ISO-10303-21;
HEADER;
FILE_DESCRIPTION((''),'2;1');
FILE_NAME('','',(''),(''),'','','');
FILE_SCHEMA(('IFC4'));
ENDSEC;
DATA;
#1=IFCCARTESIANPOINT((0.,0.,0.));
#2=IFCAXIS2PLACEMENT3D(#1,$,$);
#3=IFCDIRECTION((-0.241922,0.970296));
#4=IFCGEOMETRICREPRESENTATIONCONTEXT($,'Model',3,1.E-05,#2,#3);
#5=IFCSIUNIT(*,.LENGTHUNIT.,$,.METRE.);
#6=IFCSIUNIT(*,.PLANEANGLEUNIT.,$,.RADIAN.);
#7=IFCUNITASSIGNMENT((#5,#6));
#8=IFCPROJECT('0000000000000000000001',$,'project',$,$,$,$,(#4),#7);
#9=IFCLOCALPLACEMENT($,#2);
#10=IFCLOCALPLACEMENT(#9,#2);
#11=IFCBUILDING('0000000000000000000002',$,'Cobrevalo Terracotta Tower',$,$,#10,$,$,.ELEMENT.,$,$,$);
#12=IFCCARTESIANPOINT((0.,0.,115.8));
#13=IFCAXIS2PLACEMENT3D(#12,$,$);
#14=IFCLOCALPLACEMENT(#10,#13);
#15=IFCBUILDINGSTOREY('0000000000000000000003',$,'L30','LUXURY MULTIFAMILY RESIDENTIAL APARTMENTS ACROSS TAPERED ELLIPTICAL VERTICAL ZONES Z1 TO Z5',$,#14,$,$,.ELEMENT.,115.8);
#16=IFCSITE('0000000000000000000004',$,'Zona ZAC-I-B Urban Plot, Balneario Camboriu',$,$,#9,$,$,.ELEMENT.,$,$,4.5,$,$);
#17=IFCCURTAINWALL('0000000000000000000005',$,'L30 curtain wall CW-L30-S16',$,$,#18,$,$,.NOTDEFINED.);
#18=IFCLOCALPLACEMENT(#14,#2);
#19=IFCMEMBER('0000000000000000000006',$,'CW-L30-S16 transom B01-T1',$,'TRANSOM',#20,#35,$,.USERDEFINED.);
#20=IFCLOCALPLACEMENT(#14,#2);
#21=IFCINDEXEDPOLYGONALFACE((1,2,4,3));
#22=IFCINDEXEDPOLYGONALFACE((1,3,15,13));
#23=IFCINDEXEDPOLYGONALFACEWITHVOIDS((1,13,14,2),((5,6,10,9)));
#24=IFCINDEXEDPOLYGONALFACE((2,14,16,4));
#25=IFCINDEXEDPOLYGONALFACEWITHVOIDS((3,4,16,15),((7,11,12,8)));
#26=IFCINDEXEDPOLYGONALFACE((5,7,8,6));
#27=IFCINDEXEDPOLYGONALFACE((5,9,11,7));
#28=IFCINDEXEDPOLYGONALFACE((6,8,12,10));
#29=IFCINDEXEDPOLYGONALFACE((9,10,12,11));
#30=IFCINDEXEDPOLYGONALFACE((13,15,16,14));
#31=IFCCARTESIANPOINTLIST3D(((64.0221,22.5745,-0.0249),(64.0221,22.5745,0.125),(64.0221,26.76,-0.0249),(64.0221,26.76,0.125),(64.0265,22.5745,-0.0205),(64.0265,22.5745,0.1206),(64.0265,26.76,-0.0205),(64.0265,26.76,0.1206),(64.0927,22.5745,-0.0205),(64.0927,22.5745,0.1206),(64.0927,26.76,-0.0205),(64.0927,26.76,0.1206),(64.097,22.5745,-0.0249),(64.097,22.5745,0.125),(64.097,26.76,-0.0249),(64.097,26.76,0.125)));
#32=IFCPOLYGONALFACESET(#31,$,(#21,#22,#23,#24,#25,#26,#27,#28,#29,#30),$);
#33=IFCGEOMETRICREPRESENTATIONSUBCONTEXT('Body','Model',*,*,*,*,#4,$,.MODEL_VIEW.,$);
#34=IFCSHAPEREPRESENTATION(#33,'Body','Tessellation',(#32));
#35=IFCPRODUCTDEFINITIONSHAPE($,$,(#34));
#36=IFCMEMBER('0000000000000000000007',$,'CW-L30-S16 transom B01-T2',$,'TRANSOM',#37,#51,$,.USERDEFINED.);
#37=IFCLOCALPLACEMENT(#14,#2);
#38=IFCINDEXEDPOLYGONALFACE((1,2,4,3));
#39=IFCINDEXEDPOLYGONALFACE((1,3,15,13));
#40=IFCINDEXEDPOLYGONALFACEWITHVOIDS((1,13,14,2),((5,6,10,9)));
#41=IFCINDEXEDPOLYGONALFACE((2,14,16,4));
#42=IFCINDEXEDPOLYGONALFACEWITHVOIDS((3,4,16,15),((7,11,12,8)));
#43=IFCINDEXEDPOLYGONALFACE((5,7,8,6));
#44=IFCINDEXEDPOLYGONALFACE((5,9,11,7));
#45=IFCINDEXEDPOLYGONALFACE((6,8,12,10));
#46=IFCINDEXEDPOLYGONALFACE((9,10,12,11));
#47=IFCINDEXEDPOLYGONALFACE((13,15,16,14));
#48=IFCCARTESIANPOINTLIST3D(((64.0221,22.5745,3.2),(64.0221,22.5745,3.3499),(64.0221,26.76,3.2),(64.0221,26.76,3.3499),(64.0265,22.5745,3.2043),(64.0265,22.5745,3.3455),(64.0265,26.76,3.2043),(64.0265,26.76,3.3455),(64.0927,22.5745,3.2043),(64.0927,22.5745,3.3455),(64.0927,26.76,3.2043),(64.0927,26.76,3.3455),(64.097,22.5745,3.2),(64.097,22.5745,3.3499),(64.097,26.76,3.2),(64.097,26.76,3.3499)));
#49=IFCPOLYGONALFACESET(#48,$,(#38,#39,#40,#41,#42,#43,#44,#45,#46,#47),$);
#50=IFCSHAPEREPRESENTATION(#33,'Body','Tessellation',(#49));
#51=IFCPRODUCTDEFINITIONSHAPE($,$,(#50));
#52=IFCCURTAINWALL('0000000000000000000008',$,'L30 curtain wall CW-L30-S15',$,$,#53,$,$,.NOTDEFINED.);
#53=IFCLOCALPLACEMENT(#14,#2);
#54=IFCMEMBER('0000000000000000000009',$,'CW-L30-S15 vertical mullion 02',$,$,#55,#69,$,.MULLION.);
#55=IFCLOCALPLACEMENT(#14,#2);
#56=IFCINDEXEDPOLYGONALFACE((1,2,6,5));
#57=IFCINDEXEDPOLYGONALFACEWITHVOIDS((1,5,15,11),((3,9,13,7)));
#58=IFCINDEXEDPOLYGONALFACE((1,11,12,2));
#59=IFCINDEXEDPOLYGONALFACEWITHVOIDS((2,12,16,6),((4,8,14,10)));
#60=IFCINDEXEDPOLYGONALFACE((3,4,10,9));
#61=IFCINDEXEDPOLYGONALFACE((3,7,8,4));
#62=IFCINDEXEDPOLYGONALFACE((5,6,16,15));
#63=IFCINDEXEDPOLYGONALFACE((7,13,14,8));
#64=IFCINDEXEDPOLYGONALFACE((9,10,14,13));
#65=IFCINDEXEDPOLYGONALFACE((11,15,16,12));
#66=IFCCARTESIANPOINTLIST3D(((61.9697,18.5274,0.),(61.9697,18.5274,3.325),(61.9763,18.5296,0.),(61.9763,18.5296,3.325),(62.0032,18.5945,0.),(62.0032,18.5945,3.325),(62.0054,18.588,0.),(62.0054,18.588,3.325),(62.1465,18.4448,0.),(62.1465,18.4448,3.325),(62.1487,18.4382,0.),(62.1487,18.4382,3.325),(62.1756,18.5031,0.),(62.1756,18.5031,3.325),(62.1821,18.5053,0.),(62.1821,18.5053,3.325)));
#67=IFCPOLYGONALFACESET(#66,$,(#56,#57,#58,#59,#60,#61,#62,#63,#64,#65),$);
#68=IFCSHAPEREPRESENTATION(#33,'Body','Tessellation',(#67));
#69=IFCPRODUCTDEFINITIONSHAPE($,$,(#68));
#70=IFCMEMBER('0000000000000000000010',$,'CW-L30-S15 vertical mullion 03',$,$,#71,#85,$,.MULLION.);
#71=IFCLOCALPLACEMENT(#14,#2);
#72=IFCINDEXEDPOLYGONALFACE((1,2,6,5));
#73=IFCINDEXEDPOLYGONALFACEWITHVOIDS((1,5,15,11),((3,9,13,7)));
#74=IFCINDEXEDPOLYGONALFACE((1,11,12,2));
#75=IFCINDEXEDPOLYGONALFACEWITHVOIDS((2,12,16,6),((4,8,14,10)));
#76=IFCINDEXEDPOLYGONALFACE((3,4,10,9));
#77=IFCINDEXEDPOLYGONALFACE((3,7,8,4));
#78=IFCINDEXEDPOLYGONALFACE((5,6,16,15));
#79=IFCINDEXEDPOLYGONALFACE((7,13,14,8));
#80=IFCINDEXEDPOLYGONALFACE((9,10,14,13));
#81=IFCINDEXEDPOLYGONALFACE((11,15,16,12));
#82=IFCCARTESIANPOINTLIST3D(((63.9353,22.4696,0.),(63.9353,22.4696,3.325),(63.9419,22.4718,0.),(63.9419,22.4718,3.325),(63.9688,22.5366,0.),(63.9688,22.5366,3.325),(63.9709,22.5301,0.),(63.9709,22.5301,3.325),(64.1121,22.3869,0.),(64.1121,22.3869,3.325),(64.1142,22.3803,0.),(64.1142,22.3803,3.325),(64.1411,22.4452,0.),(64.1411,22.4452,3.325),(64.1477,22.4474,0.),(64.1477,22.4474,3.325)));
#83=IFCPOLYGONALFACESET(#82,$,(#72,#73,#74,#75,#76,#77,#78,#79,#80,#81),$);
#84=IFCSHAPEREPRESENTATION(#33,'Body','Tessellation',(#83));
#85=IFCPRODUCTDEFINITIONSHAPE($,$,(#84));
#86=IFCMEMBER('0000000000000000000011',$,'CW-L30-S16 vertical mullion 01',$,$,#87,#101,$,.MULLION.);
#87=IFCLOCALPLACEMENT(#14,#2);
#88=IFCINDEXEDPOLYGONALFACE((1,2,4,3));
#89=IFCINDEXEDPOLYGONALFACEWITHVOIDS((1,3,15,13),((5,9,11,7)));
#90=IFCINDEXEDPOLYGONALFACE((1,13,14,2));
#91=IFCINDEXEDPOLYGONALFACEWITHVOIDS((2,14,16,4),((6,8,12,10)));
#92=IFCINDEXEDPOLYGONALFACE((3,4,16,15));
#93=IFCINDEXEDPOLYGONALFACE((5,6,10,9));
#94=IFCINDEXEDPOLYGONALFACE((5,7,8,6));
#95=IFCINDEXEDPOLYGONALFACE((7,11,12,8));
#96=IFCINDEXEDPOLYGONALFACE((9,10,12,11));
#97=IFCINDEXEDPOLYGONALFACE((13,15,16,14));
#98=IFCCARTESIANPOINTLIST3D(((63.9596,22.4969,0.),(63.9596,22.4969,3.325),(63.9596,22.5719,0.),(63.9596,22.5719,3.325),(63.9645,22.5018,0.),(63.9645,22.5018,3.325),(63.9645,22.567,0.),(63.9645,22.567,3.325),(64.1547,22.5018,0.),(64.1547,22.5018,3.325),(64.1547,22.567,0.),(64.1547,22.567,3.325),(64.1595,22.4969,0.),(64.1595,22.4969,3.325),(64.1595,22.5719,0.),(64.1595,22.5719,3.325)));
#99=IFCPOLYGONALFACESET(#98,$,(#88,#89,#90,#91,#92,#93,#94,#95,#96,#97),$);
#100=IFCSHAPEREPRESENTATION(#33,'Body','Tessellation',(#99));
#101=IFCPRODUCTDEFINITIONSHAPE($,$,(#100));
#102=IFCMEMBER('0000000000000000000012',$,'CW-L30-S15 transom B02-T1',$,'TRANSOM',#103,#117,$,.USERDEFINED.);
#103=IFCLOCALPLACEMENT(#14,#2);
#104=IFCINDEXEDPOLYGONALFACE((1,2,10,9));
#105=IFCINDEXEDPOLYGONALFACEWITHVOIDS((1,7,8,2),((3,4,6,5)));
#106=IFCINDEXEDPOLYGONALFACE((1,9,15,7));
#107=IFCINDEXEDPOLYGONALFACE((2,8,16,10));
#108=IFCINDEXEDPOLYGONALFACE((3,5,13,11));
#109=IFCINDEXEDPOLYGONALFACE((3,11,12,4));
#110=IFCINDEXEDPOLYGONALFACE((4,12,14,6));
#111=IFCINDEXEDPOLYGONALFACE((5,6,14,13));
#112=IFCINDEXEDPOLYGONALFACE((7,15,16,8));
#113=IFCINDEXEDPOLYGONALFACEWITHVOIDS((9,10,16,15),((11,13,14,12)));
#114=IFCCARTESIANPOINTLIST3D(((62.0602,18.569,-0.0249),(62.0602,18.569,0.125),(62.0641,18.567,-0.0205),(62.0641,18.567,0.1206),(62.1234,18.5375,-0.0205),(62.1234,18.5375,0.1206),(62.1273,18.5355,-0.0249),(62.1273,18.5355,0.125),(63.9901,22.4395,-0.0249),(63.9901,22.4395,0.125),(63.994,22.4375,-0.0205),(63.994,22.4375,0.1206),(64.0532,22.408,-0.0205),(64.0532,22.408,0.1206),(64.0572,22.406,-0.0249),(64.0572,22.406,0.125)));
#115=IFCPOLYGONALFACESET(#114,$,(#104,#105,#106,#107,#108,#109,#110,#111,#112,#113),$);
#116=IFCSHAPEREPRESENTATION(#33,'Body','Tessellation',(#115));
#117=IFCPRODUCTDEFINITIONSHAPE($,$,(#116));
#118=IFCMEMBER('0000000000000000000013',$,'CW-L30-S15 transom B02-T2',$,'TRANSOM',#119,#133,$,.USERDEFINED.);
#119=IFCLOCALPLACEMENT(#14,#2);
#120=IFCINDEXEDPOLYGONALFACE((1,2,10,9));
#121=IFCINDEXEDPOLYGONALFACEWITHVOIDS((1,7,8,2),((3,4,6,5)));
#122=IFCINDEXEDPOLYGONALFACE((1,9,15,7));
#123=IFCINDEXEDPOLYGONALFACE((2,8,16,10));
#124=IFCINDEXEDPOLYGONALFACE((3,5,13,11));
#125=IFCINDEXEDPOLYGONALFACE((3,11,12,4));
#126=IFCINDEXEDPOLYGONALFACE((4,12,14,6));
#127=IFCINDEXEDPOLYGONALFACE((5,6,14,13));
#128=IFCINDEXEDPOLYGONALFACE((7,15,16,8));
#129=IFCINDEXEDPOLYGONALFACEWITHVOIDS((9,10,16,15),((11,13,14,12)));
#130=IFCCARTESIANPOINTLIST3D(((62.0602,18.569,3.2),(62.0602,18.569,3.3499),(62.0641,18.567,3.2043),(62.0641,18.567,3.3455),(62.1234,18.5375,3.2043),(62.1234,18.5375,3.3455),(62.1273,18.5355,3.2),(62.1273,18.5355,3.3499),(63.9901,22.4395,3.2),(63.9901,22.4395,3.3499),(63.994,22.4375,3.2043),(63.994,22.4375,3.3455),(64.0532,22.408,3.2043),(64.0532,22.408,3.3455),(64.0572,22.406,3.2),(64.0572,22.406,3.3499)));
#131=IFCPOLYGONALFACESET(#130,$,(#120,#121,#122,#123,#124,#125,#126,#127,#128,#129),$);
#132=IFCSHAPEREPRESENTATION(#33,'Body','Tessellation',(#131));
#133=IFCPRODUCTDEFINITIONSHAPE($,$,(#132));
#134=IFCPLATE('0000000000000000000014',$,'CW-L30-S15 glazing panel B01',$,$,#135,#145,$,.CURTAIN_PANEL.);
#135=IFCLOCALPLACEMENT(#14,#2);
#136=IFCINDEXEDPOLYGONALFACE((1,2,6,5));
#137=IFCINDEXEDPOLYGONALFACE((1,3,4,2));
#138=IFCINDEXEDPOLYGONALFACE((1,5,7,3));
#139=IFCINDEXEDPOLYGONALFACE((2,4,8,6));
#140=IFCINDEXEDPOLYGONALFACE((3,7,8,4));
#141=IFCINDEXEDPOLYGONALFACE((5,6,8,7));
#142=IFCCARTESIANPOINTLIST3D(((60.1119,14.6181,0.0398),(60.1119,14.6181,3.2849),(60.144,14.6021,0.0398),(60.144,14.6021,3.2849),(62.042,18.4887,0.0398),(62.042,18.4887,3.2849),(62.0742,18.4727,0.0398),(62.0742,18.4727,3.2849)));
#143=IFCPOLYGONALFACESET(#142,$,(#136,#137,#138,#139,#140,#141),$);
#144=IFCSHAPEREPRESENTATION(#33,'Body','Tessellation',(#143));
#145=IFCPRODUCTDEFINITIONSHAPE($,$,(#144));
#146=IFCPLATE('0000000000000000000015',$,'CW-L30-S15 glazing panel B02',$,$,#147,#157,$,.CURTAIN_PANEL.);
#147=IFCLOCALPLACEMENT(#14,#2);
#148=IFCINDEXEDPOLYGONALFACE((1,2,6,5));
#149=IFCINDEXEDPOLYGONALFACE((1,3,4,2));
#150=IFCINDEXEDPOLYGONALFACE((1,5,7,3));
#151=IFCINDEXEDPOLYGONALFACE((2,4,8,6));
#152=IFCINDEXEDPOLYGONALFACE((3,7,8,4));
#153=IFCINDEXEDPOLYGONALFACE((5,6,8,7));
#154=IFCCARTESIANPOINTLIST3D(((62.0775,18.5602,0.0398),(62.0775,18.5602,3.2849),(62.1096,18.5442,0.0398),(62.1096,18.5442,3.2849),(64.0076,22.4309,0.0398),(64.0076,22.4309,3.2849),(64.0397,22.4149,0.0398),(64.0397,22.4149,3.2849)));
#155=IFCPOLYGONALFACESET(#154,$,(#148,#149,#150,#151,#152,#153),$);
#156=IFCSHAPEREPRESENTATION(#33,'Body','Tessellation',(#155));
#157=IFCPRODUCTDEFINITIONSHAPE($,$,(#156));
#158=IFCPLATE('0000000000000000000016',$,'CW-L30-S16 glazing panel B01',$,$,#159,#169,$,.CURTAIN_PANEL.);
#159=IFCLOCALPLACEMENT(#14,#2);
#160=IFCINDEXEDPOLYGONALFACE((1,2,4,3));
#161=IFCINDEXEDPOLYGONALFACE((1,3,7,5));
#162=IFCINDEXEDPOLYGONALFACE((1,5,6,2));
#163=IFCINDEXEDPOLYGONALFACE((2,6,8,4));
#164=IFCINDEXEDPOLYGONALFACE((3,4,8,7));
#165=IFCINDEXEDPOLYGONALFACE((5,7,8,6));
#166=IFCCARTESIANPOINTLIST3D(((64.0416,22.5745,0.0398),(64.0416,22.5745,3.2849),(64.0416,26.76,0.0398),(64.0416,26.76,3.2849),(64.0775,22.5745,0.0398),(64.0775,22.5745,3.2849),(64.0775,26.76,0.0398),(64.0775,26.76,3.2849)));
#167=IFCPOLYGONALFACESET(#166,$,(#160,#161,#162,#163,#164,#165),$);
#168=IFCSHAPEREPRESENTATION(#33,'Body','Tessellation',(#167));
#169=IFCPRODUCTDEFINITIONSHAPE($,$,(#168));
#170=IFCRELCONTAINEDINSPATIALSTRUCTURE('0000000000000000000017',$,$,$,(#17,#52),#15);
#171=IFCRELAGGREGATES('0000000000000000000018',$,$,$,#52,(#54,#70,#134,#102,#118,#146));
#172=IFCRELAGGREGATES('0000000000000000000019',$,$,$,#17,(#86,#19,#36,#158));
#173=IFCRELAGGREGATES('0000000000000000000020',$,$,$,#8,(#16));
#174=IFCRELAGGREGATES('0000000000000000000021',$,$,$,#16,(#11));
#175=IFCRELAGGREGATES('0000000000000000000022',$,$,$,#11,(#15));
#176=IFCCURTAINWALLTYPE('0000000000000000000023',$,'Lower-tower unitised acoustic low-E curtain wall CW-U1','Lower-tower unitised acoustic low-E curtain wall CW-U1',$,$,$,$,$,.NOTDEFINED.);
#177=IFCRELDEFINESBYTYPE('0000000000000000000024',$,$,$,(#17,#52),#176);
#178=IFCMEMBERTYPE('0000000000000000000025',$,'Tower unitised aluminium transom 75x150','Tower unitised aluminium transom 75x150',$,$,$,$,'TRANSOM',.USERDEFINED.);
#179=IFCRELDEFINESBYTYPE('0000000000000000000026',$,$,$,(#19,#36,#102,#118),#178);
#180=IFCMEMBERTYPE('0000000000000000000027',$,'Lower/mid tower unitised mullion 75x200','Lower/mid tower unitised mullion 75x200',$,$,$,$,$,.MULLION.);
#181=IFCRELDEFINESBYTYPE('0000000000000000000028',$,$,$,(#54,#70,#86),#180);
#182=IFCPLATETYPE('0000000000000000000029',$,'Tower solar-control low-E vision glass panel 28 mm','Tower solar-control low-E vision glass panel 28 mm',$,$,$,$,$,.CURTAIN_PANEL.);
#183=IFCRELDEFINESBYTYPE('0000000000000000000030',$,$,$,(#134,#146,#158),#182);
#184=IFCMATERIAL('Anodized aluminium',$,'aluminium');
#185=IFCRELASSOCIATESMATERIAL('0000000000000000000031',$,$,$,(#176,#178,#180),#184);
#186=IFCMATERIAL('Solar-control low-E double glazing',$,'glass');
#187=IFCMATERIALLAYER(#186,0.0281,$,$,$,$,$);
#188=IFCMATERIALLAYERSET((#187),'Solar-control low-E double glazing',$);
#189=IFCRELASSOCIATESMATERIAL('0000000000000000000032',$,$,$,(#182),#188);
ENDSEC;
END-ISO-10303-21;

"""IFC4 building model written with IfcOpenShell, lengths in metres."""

from ifc_helpers import new_model, si_unit, direction, frame, origin, origin_2d, place, context, subcontext, project, spatial, rectangle, hollow_rectangle, extrude, source, transform, mapped, material, layer, layer_set, material_profile, profile_set, type_object, element, aggregate, save


model = new_model("IFC4")

# Units and contexts
model_context = context("Model", 3, precision=1e-05, world=origin(), true_north=direction((-0.241922, 0.970296)))
body_context = subcontext(model_context, "Body", "Model", "MODEL_VIEW")
ifc_project = project(units=[si_unit("LENGTHUNIT", "METRE"), si_unit("PLANEANGLEUNIT", "RADIAN")], contexts=[model_context])

# Site, building, storey
site_placement = place(None, origin())
site = spatial("IfcSite", under=ifc_project, at=site_placement, Name="Zona ZAC-I-B Urban Plot, Balneario Camboriu", CompositionType="ELEMENT", RefElevation=4.5)
building_placement = place(site_placement, origin())
building = spatial("IfcBuilding", under=site, at=building_placement, Name="Cobrevalo Terracotta Tower", CompositionType="ELEMENT")
storey_placement = place(building_placement, frame((0.0, 0.0, 115.8)))
storey = spatial("IfcBuildingStorey", under=building, at=storey_placement, Name="L30", Description="LUXURY MULTIFAMILY RESIDENTIAL APARTMENTS ACROSS TAPERED ELLIPTICAL VERTICAL ZONES Z1 TO Z5", CompositionType="ELEMENT", Elevation=115.8)

# Curtain walls, members
ifc_material_1 = material(Name="Anodized aluminium", Category="aluminium")
curtain_wall_type = type_object("IfcCurtainWallType", Name="Lower-tower unitised acoustic low-E curtain wall CW-U1", Description="Lower-tower unitised acoustic low-E curtain wall CW-U1", PredefinedType="NOTDEFINED", material=ifc_material_1)
curtain_wall_1_placement = place(storey_placement, origin())
curtain_wall_1 = element("IfcCurtainWall", 1, at=curtain_wall_1_placement, inside=storey, type_object=curtain_wall_type, Name="L30 curtain wall CW-L30-S16", PredefinedType="NOTDEFINED")
ifc_material_profile_1 = material_profile(ifc_material_1, hollow_rectangle(XDim=0.075, YDim=0.1499, WallThickness=0.0044, at=origin_2d()), Name="CWT 75x150")
ifc_profile_set_1 = profile_set([ifc_material_profile_1], Name="Anodized aluminium")
member_type_1 = type_object("IfcMemberType", Name="Tower unitised aluminium transom 75x150", Description="Tower unitised aluminium transom 75x150", ElementType="TRANSOM", PredefinedType="USERDEFINED", material=ifc_profile_set_1)
shared_shape_1 = source(origin(), body_context, "Body", "SweptSolid", [
    extrude(hollow_rectangle(XDim=0.075, YDim=0.1499, WallThickness=0.0044, at=origin_2d()), origin(), (0.0, 0.0, 1.0), 4.1855),
])
member_1_placement = place(storey_placement, frame((64.0596, 22.5745, 0.05), z_axis=(0.0, 1.0, 0.0), x_axis=(-1.0, 0.0, 0.0)))
member_1 = element("IfcMember", 2, at=member_1_placement, type_object=member_type_1, Name="CW-L30-S16 transom B01-T1", ObjectType="TRANSOM", PredefinedType="USERDEFINED", context=body_context, shape_type="MappedRepresentation", body=[
    mapped(shared_shape_1, transform((0.0, 0.0, 0.0), scale=1.0)),
])
member_2_placement = place(storey_placement, frame((64.0596, 22.5745, 3.2749), z_axis=(0.0, 1.0, 0.0), x_axis=(-1.0, 0.0, 0.0)))
member_2 = element("IfcMember", 3, at=member_2_placement, type_object=member_type_1, Name="CW-L30-S16 transom B01-T2", ObjectType="TRANSOM", PredefinedType="USERDEFINED", context=body_context, shape_type="MappedRepresentation", body=[
    mapped(shared_shape_1, transform((0.0, 0.0, 0.0), scale=1.0)),
])
curtain_wall_2_placement = place(storey_placement, origin())
curtain_wall_2 = element("IfcCurtainWall", 4, at=curtain_wall_2_placement, inside=storey, type_object=curtain_wall_type, Name="L30 curtain wall CW-L30-S15", PredefinedType="NOTDEFINED")
ifc_material_profile_2 = material_profile(ifc_material_1, hollow_rectangle(XDim=0.075, YDim=0.2, WallThickness=0.0049, at=origin_2d()), Name="CWM 75x200")
ifc_profile_set_2 = profile_set([ifc_material_profile_2], Name="Anodized aluminium")
member_type_2 = type_object("IfcMemberType", Name="Lower/mid tower unitised mullion 75x200", Description="Lower/mid tower unitised mullion 75x200", PredefinedType="MULLION", material=ifc_profile_set_2)
shared_shape_2 = source(origin(), body_context, "Body", "SweptSolid", [
    extrude(hollow_rectangle(XDim=0.075, YDim=0.2, WallThickness=0.0049, at=origin_2d()), origin(), (0.0, 0.0, 1.0), 3.325),
])
member_3_placement = place(storey_placement, frame((62.0759, 18.5164, 0.0), z_axis=(0.0, 0.0, 1.0), x_axis=(0.44626, 0.894903, 0.0)))
member_3 = element("IfcMember", 5, at=member_3_placement, type_object=member_type_2, Name="CW-L30-S15 vertical mullion 02", PredefinedType="MULLION", context=body_context, shape_type="MappedRepresentation", body=[
    mapped(shared_shape_2, transform((0.0, 0.0, 0.0), scale=1.0)),
])
member_4_placement = place(storey_placement, frame((64.0415, 22.4585, 0.0), z_axis=(0.0, 0.0, 1.0), x_axis=(0.44626, 0.894903, 0.0)))
member_4 = element("IfcMember", 6, at=member_4_placement, type_object=member_type_2, Name="CW-L30-S15 vertical mullion 03", PredefinedType="MULLION", context=body_context, shape_type="MappedRepresentation", body=[
    mapped(shared_shape_2, transform((0.0, 0.0, 0.0), scale=1.0)),
])

# Members
member_5_placement = place(storey_placement, frame((64.0596, 22.5344, 0.0), z_axis=(0.0, 0.0, 1.0), x_axis=(0.0, 1.0, 0.0)))
member_5 = element("IfcMember", 7, at=member_5_placement, type_object=member_type_2, Name="CW-L30-S16 vertical mullion 01", PredefinedType="MULLION", context=body_context, shape_type="MappedRepresentation", body=[
    mapped(shared_shape_2, transform((0.0, 0.0, 0.0), scale=1.0)),
])
shared_shape_3 = source(origin(), body_context, "Body", "SweptSolid", [
    extrude(hollow_rectangle(XDim=0.075, YDim=0.1499, WallThickness=0.0044, at=origin_2d()), origin(), (0.0, 0.0, 1.0), 4.325),
])
member_6_placement = place(storey_placement, frame((62.0938, 18.5522, 0.05), z_axis=(0.44622, 0.894923, 0.0), x_axis=(-0.894923, 0.44622, 0.0)))
member_6 = element("IfcMember", 8, at=member_6_placement, type_object=member_type_1, Name="CW-L30-S15 transom B02-T1", ObjectType="TRANSOM", PredefinedType="USERDEFINED", context=body_context, shape_type="MappedRepresentation", body=[
    mapped(shared_shape_3, transform((0.0, 0.0, 0.0), scale=1.0)),
])
member_7_placement = place(storey_placement, frame((62.0938, 18.5522, 3.2749), z_axis=(0.44622, 0.894923, 0.0), x_axis=(-0.894923, 0.44622, 0.0)))
member_7 = element("IfcMember", 9, at=member_7_placement, type_object=member_type_1, Name="CW-L30-S15 transom B02-T2", ObjectType="TRANSOM", PredefinedType="USERDEFINED", context=body_context, shape_type="MappedRepresentation", body=[
    mapped(shared_shape_3, transform((0.0, 0.0, 0.0), scale=1.0)),
])

# Plates
ifc_material_2 = material(Name="Solar-control low-E double glazing", Category="glass")
ifc_layer_1 = layer(ifc_material_2, 0.0281)
ifc_layer_set_1 = layer_set([ifc_layer_1], Name="Solar-control low-E double glazing")
plate_type = type_object("IfcPlateType", Name="Tower solar-control low-E vision glass panel 28 mm", Description="Tower solar-control low-E vision glass panel 28 mm", PredefinedType="CURTAIN_PANEL", material=ifc_layer_set_1)
shared_shape_4 = source(origin(), body_context, "Body", "SweptSolid", [
    extrude(rectangle(XDim=4.3252, YDim=0.0359, at=origin_2d()), origin(), (0.0, 0.0, 1.0), 3.2451),
])
plate_1_placement = place(storey_placement, frame((61.093, 16.5454, 0.0398), z_axis=(0.0, 0.0, 1.0), x_axis=(0.446262, 0.894902, 0.0)))
plate_1 = element("IfcPlate", 10, at=plate_1_placement, type_object=plate_type, Name="CW-L30-S15 glazing panel B01", PredefinedType="CURTAIN_PANEL", context=body_context, shape_type="MappedRepresentation", body=[
    mapped(shared_shape_4, transform((0.0, 0.0, 0.0), scale=1.0)),
])
plate_2_placement = place(storey_placement, frame((63.0586, 20.4875, 0.0398), z_axis=(0.0, 0.0, 1.0), x_axis=(0.446262, 0.894902, 0.0)))
plate_2 = element("IfcPlate", 11, at=plate_2_placement, type_object=plate_type, Name="CW-L30-S15 glazing panel B02", PredefinedType="CURTAIN_PANEL", context=body_context, shape_type="MappedRepresentation", body=[
    mapped(shared_shape_4, transform((0.0, 0.0, 0.0), scale=1.0)),
])
aggregate(curtain_wall_2, [member_3, member_4, plate_1, member_6, member_7, plate_2])
shared_shape_5 = source(origin(), body_context, "Body", "SweptSolid", [
    extrude(rectangle(XDim=4.1855, YDim=0.0359, at=origin_2d()), origin(), (0.0, 0.0, 1.0), 3.2451),
])
plate_3_placement = place(storey_placement, frame((64.0596, 24.6672, 0.0398), z_axis=(0.0, 0.0, 1.0), x_axis=(0.0, 1.0, 0.0)))
plate_3 = element("IfcPlate", 12, at=plate_3_placement, type_object=plate_type, Name="CW-L30-S16 glazing panel B01", PredefinedType="CURTAIN_PANEL", context=body_context, shape_type="MappedRepresentation", body=[
    mapped(shared_shape_5, transform((0.0, 0.0, 0.0), scale=1.0)),
])
aggregate(curtain_wall_1, [member_5, member_1, member_2, plate_3])

save(model, "model.ifc")
